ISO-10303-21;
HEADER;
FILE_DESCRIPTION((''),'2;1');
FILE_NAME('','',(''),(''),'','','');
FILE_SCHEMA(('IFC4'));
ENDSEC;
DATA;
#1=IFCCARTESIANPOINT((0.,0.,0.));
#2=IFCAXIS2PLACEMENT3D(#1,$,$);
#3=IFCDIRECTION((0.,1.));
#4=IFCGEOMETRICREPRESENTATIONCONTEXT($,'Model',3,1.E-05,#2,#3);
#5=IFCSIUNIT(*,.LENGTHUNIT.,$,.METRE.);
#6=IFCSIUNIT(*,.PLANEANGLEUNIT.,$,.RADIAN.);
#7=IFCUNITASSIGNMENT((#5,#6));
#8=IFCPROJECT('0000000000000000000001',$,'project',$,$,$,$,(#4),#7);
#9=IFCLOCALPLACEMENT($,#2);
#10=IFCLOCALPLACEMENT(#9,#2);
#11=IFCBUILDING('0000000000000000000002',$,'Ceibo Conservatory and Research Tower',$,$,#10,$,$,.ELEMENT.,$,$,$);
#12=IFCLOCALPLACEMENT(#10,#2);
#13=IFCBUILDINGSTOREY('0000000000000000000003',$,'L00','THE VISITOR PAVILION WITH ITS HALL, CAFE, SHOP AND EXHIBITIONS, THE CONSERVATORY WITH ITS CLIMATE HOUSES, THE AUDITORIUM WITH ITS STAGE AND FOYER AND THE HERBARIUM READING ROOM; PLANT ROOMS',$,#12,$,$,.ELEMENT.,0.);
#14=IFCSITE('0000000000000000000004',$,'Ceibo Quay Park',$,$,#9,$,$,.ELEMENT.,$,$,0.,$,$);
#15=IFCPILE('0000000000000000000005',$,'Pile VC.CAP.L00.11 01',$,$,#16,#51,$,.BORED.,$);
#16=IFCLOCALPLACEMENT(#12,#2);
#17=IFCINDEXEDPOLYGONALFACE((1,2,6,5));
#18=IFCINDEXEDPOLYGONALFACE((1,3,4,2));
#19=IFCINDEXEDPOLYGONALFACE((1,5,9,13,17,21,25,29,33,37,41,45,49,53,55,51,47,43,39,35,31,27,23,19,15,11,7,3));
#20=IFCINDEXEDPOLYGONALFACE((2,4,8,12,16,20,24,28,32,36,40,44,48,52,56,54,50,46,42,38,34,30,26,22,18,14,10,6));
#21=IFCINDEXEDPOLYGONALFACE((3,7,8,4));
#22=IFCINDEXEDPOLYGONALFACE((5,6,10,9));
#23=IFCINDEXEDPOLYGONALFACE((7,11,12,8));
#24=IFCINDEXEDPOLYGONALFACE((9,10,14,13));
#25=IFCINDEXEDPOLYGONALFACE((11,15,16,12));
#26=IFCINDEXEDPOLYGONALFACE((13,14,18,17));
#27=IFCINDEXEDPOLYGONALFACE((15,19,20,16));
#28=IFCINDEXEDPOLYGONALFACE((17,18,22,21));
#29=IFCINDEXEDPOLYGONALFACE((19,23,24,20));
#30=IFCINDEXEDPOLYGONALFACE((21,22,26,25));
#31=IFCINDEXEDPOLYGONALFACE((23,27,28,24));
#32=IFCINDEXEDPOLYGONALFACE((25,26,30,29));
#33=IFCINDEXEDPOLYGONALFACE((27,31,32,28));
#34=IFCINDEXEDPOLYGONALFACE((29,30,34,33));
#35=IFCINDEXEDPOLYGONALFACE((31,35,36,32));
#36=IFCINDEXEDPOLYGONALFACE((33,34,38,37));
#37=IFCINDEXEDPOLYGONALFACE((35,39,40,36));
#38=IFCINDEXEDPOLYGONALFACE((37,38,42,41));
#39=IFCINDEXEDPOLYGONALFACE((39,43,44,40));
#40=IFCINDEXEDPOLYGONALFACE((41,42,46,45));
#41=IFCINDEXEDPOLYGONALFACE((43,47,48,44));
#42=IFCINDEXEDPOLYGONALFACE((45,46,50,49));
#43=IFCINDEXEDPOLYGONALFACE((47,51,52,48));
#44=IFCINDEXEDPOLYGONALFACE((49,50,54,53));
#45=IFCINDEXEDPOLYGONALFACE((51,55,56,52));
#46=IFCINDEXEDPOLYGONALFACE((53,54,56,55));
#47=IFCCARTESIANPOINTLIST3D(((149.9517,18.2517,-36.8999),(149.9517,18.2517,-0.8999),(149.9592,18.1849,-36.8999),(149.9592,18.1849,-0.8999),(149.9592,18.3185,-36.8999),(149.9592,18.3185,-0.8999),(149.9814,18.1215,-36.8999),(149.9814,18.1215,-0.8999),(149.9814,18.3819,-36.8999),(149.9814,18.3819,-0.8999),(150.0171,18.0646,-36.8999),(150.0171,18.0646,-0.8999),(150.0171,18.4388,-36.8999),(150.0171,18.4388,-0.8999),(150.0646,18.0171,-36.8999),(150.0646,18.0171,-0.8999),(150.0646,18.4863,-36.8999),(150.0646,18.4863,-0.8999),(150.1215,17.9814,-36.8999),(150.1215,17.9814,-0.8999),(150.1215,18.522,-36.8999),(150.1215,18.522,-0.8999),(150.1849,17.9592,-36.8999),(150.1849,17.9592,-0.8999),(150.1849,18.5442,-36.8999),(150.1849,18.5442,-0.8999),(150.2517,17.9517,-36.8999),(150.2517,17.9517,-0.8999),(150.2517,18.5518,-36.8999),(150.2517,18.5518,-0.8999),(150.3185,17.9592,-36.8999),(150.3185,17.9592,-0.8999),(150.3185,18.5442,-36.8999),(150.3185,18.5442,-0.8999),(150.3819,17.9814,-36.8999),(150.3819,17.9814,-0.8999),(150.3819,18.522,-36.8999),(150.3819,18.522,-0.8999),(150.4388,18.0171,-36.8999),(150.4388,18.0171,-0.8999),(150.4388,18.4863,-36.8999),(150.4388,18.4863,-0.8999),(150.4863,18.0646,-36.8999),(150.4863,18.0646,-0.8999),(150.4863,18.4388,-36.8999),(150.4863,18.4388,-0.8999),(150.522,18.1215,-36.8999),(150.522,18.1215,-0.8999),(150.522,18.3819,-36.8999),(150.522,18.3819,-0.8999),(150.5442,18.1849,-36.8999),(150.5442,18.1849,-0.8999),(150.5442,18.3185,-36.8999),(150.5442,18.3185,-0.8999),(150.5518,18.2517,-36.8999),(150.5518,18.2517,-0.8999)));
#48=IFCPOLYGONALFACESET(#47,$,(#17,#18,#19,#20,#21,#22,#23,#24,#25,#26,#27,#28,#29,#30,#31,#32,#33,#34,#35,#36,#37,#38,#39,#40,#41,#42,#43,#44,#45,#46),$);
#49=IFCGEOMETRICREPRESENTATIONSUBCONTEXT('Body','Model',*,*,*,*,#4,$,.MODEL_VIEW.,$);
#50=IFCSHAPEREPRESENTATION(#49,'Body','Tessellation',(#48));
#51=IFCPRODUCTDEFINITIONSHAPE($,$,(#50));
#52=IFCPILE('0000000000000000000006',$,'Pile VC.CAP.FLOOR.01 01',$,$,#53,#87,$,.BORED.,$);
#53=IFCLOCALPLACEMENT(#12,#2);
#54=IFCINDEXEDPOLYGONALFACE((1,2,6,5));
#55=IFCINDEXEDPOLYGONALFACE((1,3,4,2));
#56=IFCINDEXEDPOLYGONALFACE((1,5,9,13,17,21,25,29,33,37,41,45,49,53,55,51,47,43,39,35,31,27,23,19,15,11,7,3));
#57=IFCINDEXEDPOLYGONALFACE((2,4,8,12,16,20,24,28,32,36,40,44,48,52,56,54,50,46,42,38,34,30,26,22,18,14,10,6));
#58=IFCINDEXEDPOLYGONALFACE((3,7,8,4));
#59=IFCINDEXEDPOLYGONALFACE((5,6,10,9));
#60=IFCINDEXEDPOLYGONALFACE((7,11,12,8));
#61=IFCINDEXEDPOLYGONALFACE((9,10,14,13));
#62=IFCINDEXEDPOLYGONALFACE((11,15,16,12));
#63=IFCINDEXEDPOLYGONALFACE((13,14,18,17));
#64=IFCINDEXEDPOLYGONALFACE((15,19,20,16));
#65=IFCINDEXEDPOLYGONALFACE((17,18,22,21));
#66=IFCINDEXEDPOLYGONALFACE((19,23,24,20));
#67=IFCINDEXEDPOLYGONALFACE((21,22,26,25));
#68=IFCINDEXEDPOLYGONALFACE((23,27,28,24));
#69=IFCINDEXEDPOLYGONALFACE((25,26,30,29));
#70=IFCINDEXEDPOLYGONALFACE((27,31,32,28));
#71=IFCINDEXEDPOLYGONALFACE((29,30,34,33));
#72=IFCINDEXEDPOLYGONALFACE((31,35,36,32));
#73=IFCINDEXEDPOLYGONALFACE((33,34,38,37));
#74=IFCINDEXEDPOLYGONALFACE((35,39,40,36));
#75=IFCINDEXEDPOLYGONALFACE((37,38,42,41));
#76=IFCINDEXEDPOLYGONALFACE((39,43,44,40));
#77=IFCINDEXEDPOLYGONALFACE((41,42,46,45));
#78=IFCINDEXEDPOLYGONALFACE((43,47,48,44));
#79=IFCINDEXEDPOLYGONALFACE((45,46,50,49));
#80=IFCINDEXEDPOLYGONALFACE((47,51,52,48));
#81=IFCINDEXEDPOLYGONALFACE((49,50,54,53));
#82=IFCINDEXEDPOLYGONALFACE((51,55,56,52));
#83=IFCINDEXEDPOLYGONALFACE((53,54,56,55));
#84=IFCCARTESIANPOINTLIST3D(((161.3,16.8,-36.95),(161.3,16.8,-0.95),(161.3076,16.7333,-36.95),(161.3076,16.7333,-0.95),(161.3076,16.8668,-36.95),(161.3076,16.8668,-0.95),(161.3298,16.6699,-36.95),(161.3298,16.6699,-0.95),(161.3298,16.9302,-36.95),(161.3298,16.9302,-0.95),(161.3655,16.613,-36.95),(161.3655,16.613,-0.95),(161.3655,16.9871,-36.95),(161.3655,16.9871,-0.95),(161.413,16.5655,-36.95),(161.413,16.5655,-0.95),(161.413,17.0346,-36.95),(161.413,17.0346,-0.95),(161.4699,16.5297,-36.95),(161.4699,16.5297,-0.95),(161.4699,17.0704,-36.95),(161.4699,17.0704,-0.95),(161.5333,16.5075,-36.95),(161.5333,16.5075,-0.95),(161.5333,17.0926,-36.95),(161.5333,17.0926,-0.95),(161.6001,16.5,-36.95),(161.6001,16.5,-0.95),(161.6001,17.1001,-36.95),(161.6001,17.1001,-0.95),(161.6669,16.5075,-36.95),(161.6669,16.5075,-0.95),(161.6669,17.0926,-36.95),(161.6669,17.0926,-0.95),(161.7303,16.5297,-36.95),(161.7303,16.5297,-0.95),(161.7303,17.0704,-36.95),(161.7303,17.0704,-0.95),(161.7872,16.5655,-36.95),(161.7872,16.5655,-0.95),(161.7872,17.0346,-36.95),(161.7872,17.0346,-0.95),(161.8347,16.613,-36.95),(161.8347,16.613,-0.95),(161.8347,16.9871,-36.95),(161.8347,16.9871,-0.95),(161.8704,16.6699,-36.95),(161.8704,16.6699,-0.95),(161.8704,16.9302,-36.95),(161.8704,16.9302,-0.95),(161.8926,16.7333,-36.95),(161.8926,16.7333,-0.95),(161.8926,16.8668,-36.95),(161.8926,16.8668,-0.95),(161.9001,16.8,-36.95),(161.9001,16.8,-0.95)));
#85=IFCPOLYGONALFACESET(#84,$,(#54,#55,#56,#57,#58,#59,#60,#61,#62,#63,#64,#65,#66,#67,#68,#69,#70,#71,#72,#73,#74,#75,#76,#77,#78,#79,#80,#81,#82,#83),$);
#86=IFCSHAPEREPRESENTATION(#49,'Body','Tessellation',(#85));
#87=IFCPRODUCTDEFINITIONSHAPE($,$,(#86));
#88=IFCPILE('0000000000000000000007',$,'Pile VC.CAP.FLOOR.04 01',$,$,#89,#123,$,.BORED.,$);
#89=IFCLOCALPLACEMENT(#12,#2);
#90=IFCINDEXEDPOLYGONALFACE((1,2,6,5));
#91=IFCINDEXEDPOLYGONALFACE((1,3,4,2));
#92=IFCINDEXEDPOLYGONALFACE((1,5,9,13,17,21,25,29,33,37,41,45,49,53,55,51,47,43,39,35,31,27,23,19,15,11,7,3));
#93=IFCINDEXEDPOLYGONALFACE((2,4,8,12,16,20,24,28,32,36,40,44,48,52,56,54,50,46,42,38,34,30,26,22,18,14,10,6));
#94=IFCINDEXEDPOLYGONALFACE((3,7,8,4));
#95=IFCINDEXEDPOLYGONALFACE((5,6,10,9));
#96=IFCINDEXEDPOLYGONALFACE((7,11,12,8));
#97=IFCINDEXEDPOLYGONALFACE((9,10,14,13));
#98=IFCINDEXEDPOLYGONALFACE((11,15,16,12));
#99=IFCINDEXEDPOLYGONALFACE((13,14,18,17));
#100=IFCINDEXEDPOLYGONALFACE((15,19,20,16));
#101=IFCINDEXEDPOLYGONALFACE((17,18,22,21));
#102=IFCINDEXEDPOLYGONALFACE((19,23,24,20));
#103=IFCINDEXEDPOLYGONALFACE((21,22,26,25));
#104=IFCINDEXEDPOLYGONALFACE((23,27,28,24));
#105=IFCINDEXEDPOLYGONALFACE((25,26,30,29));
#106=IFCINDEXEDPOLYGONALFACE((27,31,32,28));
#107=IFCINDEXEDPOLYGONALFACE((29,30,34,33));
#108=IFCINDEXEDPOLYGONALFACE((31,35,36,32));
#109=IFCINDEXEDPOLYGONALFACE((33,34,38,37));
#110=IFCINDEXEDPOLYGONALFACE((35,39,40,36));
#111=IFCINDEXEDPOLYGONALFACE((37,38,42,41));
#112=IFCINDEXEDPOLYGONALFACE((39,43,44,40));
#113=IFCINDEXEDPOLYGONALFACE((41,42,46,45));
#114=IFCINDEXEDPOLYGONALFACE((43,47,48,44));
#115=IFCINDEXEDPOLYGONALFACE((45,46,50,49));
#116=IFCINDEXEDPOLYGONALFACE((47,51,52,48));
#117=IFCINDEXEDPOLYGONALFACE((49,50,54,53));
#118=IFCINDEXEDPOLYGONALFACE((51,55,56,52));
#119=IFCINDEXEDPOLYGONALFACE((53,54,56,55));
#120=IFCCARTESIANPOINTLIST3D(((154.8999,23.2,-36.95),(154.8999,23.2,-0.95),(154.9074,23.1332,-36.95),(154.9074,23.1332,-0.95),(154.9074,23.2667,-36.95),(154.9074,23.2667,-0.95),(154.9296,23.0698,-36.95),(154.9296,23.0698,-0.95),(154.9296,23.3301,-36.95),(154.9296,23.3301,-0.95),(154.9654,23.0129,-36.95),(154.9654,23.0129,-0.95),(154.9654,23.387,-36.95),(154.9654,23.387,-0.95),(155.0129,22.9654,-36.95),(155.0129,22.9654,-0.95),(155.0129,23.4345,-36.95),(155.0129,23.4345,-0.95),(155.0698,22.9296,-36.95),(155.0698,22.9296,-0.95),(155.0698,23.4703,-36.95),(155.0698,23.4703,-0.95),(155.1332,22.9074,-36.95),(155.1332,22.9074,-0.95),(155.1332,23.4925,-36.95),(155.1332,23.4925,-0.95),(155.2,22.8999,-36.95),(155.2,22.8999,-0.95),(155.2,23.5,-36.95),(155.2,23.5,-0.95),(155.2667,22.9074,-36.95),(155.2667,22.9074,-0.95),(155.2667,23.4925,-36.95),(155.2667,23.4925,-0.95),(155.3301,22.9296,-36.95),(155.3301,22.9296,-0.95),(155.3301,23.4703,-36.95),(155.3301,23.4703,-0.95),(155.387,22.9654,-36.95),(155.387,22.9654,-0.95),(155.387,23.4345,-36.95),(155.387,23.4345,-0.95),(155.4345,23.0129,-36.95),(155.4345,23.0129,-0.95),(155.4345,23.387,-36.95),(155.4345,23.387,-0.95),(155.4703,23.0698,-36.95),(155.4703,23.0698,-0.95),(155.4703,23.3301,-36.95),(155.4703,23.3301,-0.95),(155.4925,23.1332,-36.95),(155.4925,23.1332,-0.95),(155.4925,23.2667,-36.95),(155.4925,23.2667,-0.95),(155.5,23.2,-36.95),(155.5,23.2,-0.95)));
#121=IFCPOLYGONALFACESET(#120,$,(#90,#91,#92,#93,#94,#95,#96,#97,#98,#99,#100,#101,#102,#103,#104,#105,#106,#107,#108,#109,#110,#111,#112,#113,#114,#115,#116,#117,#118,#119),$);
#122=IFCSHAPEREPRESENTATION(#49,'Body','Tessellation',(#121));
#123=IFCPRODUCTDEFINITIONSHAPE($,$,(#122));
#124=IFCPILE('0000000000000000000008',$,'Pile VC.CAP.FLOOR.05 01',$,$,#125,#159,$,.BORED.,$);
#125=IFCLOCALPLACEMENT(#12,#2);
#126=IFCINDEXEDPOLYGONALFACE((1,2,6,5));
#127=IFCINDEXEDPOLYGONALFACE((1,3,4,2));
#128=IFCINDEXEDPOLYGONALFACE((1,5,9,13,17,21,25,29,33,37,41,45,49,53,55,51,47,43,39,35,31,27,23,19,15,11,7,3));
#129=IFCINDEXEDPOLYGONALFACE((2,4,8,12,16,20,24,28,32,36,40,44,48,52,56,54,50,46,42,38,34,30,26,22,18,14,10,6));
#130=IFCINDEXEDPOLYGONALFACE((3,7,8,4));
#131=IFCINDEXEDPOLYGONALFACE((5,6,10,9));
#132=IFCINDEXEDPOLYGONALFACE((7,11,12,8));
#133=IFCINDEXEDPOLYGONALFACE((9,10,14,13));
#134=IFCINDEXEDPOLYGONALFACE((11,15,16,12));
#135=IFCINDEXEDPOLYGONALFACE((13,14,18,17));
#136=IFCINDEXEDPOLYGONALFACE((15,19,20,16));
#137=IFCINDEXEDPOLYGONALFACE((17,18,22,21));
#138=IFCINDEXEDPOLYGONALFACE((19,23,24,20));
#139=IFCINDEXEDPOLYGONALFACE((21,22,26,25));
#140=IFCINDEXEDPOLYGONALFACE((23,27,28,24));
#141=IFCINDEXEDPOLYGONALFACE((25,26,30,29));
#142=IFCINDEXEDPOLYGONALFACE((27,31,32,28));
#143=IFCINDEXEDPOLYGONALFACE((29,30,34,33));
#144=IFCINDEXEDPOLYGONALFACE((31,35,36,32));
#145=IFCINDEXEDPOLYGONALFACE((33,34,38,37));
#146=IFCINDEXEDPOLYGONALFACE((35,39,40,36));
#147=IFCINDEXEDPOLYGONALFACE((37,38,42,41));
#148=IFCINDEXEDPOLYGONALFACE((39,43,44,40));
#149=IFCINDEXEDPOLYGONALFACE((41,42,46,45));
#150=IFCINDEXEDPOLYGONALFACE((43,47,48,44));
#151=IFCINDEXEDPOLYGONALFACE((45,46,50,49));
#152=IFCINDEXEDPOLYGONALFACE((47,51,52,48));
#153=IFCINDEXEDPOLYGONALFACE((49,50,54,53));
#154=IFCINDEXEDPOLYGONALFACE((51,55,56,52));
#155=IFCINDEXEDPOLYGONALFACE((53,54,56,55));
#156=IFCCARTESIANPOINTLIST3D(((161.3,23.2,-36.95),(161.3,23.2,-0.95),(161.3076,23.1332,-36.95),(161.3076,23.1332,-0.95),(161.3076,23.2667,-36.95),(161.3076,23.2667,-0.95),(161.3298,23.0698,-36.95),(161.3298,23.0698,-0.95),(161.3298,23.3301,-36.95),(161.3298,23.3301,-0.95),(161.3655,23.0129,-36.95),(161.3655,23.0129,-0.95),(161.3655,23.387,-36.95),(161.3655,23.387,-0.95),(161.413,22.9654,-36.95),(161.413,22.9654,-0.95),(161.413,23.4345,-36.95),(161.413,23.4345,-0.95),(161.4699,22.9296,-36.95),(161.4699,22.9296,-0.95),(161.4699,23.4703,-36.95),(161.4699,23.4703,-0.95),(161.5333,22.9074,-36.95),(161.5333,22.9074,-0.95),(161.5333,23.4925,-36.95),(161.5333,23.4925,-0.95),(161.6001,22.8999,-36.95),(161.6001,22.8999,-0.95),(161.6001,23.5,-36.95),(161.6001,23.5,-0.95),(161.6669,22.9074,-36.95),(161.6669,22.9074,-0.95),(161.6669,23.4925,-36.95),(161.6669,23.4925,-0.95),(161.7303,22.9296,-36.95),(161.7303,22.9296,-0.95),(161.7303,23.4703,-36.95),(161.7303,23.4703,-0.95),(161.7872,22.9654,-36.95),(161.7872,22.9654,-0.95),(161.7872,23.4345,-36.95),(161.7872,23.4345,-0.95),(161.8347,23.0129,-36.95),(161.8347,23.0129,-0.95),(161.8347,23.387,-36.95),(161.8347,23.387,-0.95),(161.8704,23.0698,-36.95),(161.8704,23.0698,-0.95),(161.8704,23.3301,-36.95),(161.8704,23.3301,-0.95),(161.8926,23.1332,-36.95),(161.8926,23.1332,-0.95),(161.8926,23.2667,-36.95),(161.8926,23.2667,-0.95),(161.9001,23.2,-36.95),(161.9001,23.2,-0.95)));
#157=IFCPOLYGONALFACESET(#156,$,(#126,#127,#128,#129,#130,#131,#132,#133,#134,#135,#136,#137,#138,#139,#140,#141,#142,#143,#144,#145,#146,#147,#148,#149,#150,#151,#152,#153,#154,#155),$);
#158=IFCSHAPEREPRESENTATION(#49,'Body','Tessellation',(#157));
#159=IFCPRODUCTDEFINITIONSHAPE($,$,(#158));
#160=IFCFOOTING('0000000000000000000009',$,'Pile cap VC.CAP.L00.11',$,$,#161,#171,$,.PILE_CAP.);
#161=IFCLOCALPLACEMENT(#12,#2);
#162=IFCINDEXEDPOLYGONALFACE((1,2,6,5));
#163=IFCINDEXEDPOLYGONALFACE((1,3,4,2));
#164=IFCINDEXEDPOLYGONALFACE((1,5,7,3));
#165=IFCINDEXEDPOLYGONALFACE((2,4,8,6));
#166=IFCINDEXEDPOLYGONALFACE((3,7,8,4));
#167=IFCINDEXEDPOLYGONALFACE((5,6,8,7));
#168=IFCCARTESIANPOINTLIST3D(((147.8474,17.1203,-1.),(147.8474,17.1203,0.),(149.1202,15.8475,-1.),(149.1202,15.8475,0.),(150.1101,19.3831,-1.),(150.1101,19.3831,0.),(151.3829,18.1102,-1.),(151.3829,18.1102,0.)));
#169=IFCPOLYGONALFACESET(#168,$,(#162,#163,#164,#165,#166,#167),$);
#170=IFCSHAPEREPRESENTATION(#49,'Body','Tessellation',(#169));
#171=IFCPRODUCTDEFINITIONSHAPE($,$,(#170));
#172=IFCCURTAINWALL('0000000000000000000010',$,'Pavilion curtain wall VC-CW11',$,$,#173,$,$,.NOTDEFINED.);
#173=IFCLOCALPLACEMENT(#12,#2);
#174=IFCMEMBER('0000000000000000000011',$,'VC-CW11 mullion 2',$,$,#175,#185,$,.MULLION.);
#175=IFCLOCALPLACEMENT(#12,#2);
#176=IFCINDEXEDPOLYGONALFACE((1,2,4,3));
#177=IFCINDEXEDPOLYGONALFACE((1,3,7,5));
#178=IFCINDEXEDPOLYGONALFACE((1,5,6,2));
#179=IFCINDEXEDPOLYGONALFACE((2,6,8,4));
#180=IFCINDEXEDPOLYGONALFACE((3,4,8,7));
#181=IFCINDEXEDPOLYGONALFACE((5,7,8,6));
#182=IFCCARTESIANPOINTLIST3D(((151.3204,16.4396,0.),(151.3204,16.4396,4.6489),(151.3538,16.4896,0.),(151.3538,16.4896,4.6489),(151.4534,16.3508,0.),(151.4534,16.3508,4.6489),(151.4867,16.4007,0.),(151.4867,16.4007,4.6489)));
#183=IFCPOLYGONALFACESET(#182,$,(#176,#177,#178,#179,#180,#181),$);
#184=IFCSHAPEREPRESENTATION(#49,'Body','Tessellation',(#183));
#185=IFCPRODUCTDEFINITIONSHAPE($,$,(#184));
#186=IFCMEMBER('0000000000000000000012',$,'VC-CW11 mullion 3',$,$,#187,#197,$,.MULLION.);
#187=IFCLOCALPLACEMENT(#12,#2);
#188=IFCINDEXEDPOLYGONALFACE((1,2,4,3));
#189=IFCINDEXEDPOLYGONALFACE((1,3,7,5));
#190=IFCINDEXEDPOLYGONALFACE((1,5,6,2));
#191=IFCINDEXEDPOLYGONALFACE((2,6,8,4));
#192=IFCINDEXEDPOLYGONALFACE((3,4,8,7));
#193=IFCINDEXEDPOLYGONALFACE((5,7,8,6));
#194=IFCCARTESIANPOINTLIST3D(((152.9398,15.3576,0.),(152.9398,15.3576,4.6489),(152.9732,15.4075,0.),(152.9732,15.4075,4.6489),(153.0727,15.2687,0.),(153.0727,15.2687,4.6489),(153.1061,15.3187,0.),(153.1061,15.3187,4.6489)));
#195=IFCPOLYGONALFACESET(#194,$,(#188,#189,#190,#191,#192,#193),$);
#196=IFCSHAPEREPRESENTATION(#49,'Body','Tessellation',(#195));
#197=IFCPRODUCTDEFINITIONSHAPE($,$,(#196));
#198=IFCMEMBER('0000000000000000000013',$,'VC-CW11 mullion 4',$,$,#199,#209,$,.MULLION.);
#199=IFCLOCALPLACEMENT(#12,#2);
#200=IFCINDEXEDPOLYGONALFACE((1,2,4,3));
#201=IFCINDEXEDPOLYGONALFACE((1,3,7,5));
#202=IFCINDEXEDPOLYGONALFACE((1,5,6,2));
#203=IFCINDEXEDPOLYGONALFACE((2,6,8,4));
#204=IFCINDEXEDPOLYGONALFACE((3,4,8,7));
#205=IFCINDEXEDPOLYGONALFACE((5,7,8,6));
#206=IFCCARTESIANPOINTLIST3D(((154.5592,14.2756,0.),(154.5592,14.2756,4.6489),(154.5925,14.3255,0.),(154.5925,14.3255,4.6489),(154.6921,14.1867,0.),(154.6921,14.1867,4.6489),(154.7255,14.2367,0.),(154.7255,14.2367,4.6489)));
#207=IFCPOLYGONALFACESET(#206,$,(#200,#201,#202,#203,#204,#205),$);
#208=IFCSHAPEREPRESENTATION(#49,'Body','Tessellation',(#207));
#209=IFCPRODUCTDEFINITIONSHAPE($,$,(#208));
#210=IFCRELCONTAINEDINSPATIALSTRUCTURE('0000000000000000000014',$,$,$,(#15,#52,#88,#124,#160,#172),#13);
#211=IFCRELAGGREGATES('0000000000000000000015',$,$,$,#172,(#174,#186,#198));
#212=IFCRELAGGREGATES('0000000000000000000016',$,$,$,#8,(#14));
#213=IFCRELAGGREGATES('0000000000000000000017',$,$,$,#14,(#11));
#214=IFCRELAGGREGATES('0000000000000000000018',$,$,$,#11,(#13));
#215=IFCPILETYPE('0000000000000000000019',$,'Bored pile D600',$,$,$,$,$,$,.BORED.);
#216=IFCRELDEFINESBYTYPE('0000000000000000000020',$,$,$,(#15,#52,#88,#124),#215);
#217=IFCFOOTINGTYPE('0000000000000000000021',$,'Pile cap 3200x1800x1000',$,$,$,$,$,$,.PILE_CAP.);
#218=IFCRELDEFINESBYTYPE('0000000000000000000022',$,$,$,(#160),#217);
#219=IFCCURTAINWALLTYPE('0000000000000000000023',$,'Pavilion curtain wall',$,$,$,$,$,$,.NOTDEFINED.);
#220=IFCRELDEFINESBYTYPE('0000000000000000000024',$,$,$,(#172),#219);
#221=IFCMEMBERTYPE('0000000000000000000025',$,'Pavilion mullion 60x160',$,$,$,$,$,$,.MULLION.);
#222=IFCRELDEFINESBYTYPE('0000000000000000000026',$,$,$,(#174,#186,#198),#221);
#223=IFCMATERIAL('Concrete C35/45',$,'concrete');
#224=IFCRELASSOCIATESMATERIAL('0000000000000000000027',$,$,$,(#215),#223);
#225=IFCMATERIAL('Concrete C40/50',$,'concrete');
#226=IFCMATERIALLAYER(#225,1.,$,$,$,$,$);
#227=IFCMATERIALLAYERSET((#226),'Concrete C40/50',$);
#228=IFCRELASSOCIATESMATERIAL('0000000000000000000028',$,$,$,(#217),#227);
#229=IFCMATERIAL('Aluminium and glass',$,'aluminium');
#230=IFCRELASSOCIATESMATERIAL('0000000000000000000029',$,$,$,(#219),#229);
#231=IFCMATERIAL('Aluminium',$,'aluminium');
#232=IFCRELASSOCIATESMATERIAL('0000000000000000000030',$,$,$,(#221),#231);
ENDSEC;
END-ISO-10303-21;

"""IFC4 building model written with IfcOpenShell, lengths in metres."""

from ifc_helpers import new_model, si_unit, direction, frame, origin, origin_2d, place, context, subcontext, project, spatial, polyline, rectangle, circle, outline, extrude, material, layer, layer_set, material_profile, profile_set, type_object, element, aggregate, save


model = new_model("IFC4")

# Units and contexts
model_context = context("Model", 3, precision=1e-05, world=origin(), true_north=direction((0.0, 1.0)))
body_context = subcontext(model_context, "Body", "Model", "MODEL_VIEW")
ifc_project = project(units=[si_unit("LENGTHUNIT", "METRE"), si_unit("PLANEANGLEUNIT", "RADIAN")], contexts=[model_context])

# Site, building, storey
site_placement = place(None, origin())
site = spatial("IfcSite", under=ifc_project, at=site_placement, Name="Ceibo Quay Park", CompositionType="ELEMENT", RefElevation=0.0)
building_placement = place(site_placement, origin())
building = spatial("IfcBuilding", under=site, at=building_placement, Name="Ceibo Conservatory and Research Tower", CompositionType="ELEMENT")
storey_placement = place(building_placement, origin())
storey = spatial("IfcBuildingStorey", under=building, at=storey_placement, Name="L00", Description="THE VISITOR PAVILION WITH ITS HALL, CAFE, SHOP AND EXHIBITIONS, THE CONSERVATORY WITH ITS CLIMATE HOUSES, THE AUDITORIUM WITH ITS STAGE AND FOYER AND THE HERBARIUM READING ROOM; PLANT ROOMS", CompositionType="ELEMENT", Elevation=0.0)

# Piles
ifc_material_1 = material(Name="Concrete C35/45", Category="concrete")
ifc_material_profile_1 = material_profile(ifc_material_1, circle(Radius=0.3, at=origin_2d()), Name="RC D600")
ifc_profile_set_1 = profile_set([ifc_material_profile_1], Name="Concrete C35/45")
pile_type = type_object("IfcPileType", Name="Bored pile D600", PredefinedType="BORED", material=ifc_profile_set_1)
for number, where, z_axis, x_axis, name in (
    (1, (150.2517, 18.2517, -0.8999), (0.0, 0.0, -1.0), (1.0, 0.0, 0.0), "Pile VC.CAP.L00.11 01"),
    (2, (161.6001, 16.8, -0.95), (0.0, 0.0, -1.0), (1.0, 0.0, 0.0), "Pile VC.CAP.FLOOR.01 01"),
    (3, (155.2, 23.2, -0.95), (0.0, 0.0, -1.0), (1.0, 0.0, 0.0), "Pile VC.CAP.FLOOR.04 01"),
    (4, (161.6001, 23.2, -0.95), (0.0, 0.0, -1.0), (1.0, 0.0, 0.0), "Pile VC.CAP.FLOOR.05 01"),
):
    element("IfcPile", number, at=place(storey_placement, frame(where, z_axis=z_axis, x_axis=x_axis)), inside=storey, type_object=pile_type, Name=name, PredefinedType="BORED", context=body_context, shape_type="SweptSolid", body=[
        extrude(circle(Radius=0.3, at=origin_2d()), origin(), (0.0, 0.0, 1.0), 36.0),
    ])

# Footing
ifc_material_2 = material(Name="Concrete C40/50", Category="concrete")
ifc_layer_1 = layer(ifc_material_2, 1.0)
ifc_layer_set_1 = layer_set([ifc_layer_1], Name="Concrete C40/50")
footing_type = type_object("IfcFootingType", Name="Pile cap 3200x1800x1000", PredefinedType="PILE_CAP", material=ifc_layer_set_1)
footing_placement = place(storey_placement, frame((150.1101, 19.3831, -1.0), z_axis=(0.0, 0.0, 1.0), x_axis=(-0.707107, -0.707107, 0.0)))
element("IfcFooting", 5, at=footing_placement, inside=storey, type_object=footing_type, Name="Pile cap VC.CAP.L00.11", PredefinedType="PILE_CAP", context=body_context, shape_type="SweptSolid", body=[
    extrude(outline(polyline([(0.0, 0.0), (3.2, 0.0), (3.2, 1.8), (0.0, 1.8), (0.0, 0.0)])), origin(), (0.0, 0.0, 1.0), 1.0),
])

# Curtain wall, members
ifc_material_3 = material(Name="Aluminium and glass", Category="aluminium")
curtain_wall_type = type_object("IfcCurtainWallType", Name="Pavilion curtain wall", PredefinedType="NOTDEFINED", material=ifc_material_3)
curtain_wall_placement = place(storey_placement, origin())
curtain_wall = element("IfcCurtainWall", 6, at=curtain_wall_placement, inside=storey, type_object=curtain_wall_type, Name="Pavilion curtain wall VC-CW11", PredefinedType="NOTDEFINED")
ifc_material_4 = material(Name="Aluminium", Category="aluminium")
ifc_material_profile_2 = material_profile(ifc_material_4, rectangle(XDim=0.0601, YDim=0.1599, at=origin_2d()), Name="AL 60x160")
ifc_profile_set_2 = profile_set([ifc_material_profile_2], Name="Aluminium")
member_type_1 = type_object("IfcMemberType", Name="Pavilion mullion 60x160", PredefinedType="MULLION", material=ifc_profile_set_2)
member_1_placement = place(storey_placement, frame((151.4036, 16.4202, 0.0), z_axis=(0.0, 0.0, 1.0), x_axis=(0.55557, 0.83147, 0.0)))
member_1 = element("IfcMember", 7, at=member_1_placement, type_object=member_type_1, Name="VC-CW11 mullion 2", PredefinedType="MULLION", context=body_context, shape_type="SweptSolid", body=[
    extrude(rectangle(XDim=0.0601, YDim=0.1599, at=origin_2d()), origin(), (0.0, 0.0, 1.0), 4.6489),
])
member_2_placement = place(storey_placement, frame((153.0229, 15.3381, 0.0), z_axis=(0.0, 0.0, 1.0), x_axis=(0.55557, 0.83147, 0.0)))
member_2 = element("IfcMember", 8, at=member_2_placement, type_object=member_type_1, Name="VC-CW11 mullion 3", PredefinedType="MULLION", context=body_context, shape_type="SweptSolid", body=[
    extrude(rectangle(XDim=0.0601, YDim=0.1599, at=origin_2d()), origin(), (0.0, 0.0, 1.0), 4.6489),
])
member_3_placement = place(storey_placement, frame((154.6423, 14.2561, 0.0), z_axis=(0.0, 0.0, 1.0), x_axis=(0.55557, 0.83147, 0.0)))
member_3 = element("IfcMember", 9, at=member_3_placement, type_object=member_type_1, Name="VC-CW11 mullion 4", PredefinedType="MULLION", context=body_context, shape_type="SweptSolid", body=[
    extrude(rectangle(XDim=0.0601, YDim=0.1599, at=origin_2d()), origin(), (0.0, 0.0, 1.0), 4.6489),
])
aggregate(curtain_wall, [member_1, member_2, member_3])

save(model, "model.ifc")
